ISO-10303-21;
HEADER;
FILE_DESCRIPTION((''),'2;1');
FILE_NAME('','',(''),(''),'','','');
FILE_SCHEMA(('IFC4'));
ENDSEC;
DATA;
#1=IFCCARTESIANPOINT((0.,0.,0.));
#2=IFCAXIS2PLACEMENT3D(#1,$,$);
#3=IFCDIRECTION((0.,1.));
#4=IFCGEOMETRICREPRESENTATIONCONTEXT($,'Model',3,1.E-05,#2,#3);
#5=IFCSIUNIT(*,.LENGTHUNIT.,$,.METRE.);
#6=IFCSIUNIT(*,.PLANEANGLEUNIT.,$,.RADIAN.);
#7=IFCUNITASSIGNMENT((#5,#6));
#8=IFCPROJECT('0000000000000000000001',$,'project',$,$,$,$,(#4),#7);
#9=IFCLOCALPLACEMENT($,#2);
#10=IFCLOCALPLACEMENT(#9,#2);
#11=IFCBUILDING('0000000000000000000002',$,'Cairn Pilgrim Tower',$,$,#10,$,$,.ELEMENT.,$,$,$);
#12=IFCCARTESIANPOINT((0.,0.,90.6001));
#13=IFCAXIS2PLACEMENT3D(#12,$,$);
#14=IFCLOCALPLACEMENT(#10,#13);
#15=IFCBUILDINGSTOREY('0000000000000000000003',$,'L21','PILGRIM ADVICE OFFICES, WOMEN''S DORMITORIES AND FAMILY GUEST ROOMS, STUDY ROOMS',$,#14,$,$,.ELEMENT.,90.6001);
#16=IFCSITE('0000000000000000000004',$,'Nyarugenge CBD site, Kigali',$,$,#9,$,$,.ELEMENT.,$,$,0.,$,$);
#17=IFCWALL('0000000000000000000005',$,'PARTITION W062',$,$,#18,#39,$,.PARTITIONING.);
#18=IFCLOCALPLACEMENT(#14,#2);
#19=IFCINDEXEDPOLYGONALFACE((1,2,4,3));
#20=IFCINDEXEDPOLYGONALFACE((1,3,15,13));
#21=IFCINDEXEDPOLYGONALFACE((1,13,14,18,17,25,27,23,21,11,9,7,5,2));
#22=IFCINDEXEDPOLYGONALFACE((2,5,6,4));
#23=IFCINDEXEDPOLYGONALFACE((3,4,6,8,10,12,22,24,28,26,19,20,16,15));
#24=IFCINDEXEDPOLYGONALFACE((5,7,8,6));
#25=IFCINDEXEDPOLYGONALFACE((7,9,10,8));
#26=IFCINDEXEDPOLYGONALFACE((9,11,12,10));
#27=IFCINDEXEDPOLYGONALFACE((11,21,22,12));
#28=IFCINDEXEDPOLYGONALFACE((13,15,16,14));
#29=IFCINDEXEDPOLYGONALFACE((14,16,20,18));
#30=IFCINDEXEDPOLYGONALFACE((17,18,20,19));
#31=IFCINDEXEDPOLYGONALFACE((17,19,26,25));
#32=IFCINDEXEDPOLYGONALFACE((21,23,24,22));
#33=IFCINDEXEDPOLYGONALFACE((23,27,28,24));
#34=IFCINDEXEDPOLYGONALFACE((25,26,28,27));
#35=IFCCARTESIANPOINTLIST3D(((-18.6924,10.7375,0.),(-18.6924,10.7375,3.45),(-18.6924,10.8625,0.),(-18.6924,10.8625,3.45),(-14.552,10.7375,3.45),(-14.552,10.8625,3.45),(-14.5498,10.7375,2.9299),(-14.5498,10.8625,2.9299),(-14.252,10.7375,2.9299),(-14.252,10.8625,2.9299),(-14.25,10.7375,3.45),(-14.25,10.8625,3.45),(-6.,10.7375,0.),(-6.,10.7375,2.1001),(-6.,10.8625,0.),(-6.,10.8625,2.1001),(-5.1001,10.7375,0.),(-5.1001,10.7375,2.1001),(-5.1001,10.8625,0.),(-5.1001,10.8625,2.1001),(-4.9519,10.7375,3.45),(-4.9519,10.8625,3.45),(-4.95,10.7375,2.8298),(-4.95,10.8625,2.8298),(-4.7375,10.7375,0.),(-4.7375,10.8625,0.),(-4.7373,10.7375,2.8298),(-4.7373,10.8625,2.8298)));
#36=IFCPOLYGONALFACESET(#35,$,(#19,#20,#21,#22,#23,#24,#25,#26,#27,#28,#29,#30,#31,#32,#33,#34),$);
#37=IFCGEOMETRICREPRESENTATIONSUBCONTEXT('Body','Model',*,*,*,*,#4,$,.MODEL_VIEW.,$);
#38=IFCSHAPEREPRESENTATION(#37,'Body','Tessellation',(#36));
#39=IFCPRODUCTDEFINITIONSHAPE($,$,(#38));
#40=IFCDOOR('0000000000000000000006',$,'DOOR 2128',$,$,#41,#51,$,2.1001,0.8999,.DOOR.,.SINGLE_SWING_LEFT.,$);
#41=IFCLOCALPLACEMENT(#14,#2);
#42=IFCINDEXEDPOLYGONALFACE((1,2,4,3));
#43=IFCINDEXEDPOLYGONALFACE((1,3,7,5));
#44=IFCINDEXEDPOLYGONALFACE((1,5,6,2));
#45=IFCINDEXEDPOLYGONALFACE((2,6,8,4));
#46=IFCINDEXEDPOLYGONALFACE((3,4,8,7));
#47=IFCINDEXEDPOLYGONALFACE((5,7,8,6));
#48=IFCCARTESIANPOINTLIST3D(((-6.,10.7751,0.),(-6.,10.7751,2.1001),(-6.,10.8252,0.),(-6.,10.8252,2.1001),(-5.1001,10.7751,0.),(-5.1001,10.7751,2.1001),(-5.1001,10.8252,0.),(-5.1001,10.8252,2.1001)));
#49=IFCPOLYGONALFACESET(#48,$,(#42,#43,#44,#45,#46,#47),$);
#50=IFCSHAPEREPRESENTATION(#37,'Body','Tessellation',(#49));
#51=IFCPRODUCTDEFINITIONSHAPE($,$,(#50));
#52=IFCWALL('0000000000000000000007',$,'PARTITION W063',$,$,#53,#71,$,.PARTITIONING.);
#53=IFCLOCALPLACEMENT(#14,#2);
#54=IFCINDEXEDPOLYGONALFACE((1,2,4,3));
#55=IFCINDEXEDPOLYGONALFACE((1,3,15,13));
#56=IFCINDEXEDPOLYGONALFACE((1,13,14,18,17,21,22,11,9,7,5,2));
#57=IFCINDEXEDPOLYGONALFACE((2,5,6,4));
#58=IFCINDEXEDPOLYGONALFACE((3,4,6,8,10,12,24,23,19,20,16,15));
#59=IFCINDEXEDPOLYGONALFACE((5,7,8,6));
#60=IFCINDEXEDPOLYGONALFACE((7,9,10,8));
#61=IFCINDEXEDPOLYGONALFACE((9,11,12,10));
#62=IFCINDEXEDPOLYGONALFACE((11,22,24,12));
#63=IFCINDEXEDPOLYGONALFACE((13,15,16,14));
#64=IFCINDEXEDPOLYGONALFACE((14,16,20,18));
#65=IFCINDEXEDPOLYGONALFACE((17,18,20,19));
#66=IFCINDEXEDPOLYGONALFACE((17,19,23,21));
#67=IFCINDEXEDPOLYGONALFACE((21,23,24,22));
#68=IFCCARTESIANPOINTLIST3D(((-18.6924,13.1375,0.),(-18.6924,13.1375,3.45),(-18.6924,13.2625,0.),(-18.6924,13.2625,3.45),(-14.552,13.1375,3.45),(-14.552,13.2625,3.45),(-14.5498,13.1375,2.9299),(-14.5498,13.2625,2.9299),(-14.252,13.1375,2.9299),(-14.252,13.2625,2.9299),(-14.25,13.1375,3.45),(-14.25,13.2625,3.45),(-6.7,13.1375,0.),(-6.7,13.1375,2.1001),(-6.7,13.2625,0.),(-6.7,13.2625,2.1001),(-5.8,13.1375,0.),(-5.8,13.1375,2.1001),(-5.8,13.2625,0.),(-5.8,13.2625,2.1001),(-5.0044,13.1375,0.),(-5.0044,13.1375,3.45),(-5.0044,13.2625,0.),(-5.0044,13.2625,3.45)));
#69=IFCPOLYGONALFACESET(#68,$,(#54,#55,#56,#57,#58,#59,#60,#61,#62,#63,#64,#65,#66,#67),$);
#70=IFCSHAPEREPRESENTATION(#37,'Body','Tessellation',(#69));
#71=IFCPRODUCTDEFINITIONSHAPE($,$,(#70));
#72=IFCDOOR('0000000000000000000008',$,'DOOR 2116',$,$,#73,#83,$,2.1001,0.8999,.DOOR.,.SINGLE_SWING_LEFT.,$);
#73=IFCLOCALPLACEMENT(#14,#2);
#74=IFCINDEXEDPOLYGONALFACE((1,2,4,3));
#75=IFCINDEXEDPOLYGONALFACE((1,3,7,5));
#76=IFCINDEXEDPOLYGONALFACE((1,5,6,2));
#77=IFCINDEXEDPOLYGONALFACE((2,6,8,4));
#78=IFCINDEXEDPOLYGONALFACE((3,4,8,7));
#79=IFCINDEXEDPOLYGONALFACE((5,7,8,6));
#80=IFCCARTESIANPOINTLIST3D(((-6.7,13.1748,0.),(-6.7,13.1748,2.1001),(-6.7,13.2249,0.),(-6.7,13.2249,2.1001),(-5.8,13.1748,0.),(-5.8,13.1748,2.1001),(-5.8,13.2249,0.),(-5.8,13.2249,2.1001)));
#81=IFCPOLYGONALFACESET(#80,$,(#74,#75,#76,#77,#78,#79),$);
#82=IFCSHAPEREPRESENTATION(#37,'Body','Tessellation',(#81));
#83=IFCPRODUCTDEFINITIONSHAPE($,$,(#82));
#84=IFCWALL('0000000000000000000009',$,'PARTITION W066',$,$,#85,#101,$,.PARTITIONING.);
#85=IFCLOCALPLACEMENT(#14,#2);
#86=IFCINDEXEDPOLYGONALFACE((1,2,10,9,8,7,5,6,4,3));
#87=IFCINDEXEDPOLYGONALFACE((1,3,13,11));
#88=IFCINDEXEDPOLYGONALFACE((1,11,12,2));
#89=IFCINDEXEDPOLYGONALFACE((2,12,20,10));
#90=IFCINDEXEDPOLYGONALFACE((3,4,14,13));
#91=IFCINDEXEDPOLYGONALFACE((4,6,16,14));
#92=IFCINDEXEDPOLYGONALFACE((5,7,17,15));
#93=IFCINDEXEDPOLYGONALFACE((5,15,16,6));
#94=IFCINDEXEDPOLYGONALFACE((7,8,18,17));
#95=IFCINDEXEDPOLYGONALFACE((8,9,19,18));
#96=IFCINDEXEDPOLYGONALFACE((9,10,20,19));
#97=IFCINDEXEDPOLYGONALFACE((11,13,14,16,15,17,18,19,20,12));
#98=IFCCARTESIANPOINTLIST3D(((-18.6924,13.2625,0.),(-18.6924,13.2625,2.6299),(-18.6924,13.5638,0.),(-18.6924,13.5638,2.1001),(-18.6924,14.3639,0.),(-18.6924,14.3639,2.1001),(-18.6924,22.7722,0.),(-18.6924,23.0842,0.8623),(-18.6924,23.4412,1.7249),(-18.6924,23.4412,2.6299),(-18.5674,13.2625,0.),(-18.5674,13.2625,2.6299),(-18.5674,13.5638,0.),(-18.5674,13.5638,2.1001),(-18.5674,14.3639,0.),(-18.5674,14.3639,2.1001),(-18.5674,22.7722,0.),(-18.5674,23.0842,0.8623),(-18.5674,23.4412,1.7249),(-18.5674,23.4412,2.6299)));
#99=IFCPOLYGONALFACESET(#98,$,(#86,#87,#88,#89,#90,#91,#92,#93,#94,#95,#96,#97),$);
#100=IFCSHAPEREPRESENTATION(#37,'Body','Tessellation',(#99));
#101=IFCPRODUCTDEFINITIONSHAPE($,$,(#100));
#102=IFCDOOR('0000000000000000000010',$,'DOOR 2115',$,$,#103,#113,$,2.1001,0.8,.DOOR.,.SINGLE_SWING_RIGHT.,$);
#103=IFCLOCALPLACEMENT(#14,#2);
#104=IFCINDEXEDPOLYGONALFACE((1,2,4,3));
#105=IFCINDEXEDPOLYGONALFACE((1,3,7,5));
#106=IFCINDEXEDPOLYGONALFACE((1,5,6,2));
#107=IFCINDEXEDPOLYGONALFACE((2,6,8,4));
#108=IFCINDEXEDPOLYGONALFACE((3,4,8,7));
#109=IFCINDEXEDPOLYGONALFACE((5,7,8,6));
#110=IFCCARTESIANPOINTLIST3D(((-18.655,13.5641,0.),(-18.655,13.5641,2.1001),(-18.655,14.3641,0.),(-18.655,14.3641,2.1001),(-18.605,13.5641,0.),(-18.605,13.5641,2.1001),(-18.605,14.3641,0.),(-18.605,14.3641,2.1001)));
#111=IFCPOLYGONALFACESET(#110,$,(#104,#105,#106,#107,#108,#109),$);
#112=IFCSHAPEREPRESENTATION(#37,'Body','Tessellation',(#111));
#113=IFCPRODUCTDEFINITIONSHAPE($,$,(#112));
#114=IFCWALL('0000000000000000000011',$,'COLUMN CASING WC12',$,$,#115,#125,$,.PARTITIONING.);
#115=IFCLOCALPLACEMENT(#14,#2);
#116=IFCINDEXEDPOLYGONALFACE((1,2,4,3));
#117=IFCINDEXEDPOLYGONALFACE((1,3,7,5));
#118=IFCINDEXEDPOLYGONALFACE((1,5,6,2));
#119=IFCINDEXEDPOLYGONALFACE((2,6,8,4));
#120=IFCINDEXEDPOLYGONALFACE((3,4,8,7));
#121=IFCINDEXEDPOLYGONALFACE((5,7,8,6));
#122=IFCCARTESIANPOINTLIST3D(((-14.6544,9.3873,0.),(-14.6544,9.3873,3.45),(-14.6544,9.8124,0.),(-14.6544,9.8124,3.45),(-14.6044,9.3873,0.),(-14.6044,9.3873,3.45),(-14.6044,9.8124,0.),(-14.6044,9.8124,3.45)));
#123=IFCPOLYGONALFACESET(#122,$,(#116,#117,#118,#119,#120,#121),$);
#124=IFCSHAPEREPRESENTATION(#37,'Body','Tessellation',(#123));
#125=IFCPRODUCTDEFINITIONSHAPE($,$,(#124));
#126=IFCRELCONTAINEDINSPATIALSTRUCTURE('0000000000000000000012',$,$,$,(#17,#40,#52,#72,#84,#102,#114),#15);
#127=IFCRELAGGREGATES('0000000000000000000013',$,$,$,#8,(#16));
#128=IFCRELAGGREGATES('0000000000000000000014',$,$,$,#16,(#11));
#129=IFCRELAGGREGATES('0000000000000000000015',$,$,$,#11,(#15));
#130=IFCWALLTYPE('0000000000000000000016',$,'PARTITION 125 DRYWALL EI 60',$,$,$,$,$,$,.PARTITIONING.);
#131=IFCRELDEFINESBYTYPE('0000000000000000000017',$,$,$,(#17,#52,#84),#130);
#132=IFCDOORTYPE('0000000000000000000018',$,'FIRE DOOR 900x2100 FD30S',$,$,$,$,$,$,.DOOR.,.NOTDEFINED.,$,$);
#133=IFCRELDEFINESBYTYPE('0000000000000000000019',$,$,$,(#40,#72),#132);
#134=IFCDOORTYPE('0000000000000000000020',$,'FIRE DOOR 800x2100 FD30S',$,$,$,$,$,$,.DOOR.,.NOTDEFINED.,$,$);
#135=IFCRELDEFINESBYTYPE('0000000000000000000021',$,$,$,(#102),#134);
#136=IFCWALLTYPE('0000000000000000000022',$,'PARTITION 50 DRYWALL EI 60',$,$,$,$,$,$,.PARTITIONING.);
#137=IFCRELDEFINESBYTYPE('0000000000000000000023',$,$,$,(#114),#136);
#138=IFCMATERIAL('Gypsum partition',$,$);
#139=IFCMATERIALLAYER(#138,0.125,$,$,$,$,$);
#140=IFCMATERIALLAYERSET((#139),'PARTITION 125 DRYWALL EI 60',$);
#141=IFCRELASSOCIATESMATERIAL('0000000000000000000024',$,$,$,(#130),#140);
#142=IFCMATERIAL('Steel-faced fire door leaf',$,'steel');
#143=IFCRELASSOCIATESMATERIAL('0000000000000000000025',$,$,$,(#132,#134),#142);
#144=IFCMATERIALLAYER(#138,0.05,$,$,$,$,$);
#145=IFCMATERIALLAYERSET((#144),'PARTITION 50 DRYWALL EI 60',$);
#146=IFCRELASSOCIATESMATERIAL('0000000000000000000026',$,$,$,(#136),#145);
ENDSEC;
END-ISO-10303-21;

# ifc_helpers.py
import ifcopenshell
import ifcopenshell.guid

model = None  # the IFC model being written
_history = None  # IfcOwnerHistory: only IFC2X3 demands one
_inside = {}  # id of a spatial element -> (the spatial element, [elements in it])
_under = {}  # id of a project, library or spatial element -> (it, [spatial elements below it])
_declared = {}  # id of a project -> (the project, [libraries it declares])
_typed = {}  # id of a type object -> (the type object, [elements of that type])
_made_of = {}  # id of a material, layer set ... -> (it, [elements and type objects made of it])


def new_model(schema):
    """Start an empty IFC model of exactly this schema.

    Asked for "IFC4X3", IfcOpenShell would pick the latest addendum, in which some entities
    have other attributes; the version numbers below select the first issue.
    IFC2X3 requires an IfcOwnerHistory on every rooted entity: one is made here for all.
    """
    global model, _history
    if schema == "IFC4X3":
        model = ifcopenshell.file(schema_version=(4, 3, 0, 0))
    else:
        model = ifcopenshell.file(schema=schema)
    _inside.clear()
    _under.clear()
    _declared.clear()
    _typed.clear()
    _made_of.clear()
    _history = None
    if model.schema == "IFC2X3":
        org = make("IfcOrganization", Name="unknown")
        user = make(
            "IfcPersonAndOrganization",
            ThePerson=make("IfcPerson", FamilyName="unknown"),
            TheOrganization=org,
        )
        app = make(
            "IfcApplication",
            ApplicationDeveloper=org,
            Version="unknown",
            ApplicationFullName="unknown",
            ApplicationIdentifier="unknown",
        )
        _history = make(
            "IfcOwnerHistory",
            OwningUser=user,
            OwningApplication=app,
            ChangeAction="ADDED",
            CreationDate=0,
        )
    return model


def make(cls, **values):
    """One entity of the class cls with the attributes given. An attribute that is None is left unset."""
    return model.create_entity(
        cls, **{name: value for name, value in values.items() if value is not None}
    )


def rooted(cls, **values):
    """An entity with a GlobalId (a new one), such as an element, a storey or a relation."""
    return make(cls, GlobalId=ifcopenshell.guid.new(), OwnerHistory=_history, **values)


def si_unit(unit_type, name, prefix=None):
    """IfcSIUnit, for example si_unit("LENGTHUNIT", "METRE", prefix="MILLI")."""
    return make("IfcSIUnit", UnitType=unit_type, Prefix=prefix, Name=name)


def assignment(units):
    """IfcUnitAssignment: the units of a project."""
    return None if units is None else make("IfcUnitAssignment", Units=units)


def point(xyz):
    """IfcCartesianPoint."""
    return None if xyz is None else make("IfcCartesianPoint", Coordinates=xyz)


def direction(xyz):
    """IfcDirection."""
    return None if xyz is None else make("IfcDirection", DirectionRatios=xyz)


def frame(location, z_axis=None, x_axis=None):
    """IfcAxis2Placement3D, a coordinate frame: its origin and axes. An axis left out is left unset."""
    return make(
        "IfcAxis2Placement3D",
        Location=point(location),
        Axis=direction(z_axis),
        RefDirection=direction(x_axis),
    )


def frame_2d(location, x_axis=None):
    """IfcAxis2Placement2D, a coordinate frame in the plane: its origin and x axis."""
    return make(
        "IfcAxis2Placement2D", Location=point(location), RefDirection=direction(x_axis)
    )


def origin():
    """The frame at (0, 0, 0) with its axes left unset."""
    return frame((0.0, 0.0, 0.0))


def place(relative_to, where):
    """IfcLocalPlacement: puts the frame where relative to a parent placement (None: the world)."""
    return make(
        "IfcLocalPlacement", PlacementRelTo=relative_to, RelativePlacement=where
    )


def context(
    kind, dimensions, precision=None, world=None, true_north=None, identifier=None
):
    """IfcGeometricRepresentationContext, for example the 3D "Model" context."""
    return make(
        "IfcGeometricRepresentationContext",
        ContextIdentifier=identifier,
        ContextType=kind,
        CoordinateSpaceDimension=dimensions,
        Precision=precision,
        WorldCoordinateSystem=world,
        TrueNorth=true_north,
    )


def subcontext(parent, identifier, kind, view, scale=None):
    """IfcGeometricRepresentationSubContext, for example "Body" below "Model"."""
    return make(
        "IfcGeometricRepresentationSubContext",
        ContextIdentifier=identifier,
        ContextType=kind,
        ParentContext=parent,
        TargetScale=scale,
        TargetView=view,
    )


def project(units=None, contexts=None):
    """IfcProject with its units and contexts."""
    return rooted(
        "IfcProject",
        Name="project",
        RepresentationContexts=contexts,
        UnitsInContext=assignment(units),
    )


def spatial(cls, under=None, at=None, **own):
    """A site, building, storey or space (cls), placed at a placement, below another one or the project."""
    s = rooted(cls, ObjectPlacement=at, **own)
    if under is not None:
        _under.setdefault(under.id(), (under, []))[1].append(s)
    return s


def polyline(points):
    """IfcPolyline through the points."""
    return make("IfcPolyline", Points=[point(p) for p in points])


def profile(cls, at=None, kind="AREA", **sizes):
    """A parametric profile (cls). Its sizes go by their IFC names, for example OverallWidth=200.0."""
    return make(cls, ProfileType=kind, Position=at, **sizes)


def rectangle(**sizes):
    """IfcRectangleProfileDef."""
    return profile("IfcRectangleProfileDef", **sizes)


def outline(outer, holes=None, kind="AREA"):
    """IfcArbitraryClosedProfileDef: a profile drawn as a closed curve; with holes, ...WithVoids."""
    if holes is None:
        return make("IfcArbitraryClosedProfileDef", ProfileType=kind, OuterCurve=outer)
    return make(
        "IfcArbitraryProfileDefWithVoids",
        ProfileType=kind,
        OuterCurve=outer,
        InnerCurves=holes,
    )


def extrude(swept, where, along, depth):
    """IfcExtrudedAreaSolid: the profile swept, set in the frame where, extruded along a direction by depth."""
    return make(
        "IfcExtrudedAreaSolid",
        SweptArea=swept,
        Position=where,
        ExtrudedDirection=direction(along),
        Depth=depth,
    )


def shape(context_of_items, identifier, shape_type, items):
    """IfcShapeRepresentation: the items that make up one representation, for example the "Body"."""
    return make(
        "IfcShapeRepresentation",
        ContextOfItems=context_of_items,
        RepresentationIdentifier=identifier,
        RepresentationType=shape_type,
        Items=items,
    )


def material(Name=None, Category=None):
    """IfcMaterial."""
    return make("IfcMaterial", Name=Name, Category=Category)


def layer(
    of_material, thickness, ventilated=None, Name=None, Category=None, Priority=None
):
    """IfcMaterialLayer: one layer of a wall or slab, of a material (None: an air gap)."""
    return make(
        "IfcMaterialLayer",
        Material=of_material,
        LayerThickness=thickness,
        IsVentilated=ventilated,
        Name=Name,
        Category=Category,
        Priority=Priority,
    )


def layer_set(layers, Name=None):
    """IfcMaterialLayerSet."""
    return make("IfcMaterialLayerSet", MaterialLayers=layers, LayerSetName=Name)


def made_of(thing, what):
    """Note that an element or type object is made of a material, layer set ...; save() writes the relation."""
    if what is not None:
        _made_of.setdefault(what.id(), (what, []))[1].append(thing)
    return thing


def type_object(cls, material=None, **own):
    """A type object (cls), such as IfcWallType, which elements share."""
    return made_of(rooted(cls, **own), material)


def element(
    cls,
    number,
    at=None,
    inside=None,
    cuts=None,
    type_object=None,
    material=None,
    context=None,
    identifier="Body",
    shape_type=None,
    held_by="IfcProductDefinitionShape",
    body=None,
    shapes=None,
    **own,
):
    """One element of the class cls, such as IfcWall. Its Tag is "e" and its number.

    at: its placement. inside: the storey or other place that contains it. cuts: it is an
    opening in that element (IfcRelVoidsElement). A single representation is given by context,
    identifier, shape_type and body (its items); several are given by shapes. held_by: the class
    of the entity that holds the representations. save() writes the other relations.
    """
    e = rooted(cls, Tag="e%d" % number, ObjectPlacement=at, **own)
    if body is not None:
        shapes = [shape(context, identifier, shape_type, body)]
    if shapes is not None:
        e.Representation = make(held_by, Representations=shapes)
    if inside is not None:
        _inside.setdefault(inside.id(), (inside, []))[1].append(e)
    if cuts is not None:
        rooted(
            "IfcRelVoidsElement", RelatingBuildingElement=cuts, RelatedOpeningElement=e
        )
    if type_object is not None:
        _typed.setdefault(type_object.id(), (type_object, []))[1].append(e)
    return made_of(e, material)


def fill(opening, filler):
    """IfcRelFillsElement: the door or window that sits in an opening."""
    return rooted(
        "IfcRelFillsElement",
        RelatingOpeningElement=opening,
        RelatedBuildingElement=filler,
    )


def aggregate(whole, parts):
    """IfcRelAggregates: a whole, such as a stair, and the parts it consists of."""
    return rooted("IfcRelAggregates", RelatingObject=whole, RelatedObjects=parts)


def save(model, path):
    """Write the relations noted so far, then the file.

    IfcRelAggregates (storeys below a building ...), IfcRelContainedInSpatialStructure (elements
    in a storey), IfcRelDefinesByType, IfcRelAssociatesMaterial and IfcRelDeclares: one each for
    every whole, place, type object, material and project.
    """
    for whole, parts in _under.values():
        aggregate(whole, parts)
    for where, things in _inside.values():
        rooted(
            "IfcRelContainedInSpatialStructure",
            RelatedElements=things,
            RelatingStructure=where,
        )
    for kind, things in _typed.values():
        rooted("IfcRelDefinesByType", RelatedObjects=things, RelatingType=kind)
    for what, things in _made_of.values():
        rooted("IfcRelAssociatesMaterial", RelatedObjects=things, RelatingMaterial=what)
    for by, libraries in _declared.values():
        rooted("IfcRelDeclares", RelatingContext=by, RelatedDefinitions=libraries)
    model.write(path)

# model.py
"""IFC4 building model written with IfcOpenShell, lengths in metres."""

from ifc_helpers import new_model, si_unit, direction, frame, frame_2d, origin, place, context, subcontext, project, spatial, polyline, rectangle, outline, extrude, material, layer, layer_set, type_object, element, fill, save


model = new_model("IFC4")

# Units and contexts
model_context = context("Model", 3, precision=1e-05, world=origin(), true_north=direction((0.0, 1.0)))
body_context = subcontext(model_context, "Body", "Model", "MODEL_VIEW")
ifc_project = project(units=[si_unit("LENGTHUNIT", "METRE"), si_unit("PLANEANGLEUNIT", "RADIAN")], contexts=[model_context])

# Site, building, storey
site_placement = place(None, origin())
site = spatial("IfcSite", under=ifc_project, at=site_placement, Name="Nyarugenge CBD site, Kigali", CompositionType="ELEMENT", RefElevation=0.0)
building_placement = place(site_placement, origin())
building = spatial("IfcBuilding", under=site, at=building_placement, Name="Cairn Pilgrim Tower", CompositionType="ELEMENT")
storey_placement = place(building_placement, frame((0.0, 0.0, 90.6001)))
storey = spatial("IfcBuildingStorey", under=building, at=storey_placement, Name="L21", Description="PILGRIM ADVICE OFFICES, WOMEN'S DORMITORIES AND FAMILY GUEST ROOMS, STUDY ROOMS", CompositionType="ELEMENT", Elevation=90.6001)

# Shared definitions
ifc_material_1 = material(Name="Gypsum partition")
ifc_layer_1 = layer(ifc_material_1, 0.125)
ifc_layer_set_1 = layer_set([ifc_layer_1], Name="PARTITION 125 DRYWALL EI 60")
wall_type_1 = type_object("IfcWallType", Name="PARTITION 125 DRYWALL EI 60", PredefinedType="PARTITIONING", material=ifc_layer_set_1)

# Shared definitions
ifc_material_2 = material(Name="Steel-faced fire door leaf", Category="steel")
door_type_1 = type_object("IfcDoorType", Name="FIRE DOOR 900x2100 FD30S", OperationType="NOTDEFINED", PredefinedType="DOOR", material=ifc_material_2)
door_type_2 = type_object("IfcDoorType", Name="FIRE DOOR 800x2100 FD30S", OperationType="NOTDEFINED", PredefinedType="DOOR", material=ifc_material_2)

# Walls, openings, doors
wall_1_placement = place(storey_placement, frame((-18.6924, 10.8, 0.0), z_axis=(0.0, 0.0, 1.0), x_axis=(1.0, 0.0, 0.0)))
wall_1 = element("IfcWall", 1, at=wall_1_placement, inside=storey, type_object=wall_type_1, Name="PARTITION W062", PredefinedType="PARTITIONING", context=body_context, shape_type="SweptSolid", body=[
    extrude(outline(polyline([(0.0, 0.0), (13.9548, 0.0), (13.9551, 2.8298), (13.7424, 2.8298), (13.7405, 3.45), (4.4424, 3.45), (4.4404, 2.9299), (4.1426, 2.9299), (4.1404, 3.45), (0.0, 3.45), (0.0, 0.0)])), frame((0.0, 0.0625, 0.0), z_axis=(0.0, -1.0, 0.0), x_axis=(1.0, 0.0, 0.0)), (0.0, 0.0, 1.0), 0.125),
])
opening_1_placement = place(wall_1_placement, frame((12.6924, 0.0, 0.0)))
opening_1 = element("IfcOpeningElement", 2, at=opening_1_placement, cuts=wall_1, PredefinedType="OPENING", context=body_context, shape_type="SweptSolid", body=[
    extrude(rectangle(XDim=0.8999, YDim=2.1001, at=frame_2d((0.45, 1.05))), frame((0.0, 0.0725, 0.0), z_axis=(0.0, -1.0, 0.0), x_axis=(1.0, 0.0, 0.0)), (0.0, 0.0, 1.0), 0.145),
])
door_1_placement = place(opening_1_placement, frame((0.8999, 0.0, 0.0), z_axis=(0.0, 0.0, 1.0), x_axis=(-1.0, 0.0, 0.0)))
door_1 = element("IfcDoor", 3, at=door_1_placement, inside=storey, type_object=door_type_1, Name="DOOR 2128", OperationType="SINGLE_SWING_LEFT", OverallHeight=2.1001, OverallWidth=0.8999, PredefinedType="DOOR", context=body_context, shape_type="SweptSolid", body=[
    extrude(rectangle(XDim=0.8999, YDim=2.1001, at=frame_2d((0.45, 1.05))), frame((0.0, 0.0249, 0.0), z_axis=(0.0, -1.0, 0.0), x_axis=(1.0, 0.0, 0.0)), (0.0, 0.0, 1.0), 0.05),
])
fill(opening_1, door_1)
wall_2_placement = place(storey_placement, frame((-18.6924, 13.2, 0.0), z_axis=(0.0, 0.0, 1.0), x_axis=(1.0, 0.0, 0.0)))
wall_2 = element("IfcWall", 4, at=wall_2_placement, inside=storey, type_object=wall_type_1, Name="PARTITION W063", PredefinedType="PARTITIONING", context=body_context, shape_type="SweptSolid", body=[
    extrude(outline(polyline([(0.0, 0.0), (13.688, 0.0), (13.688, 3.45), (4.4424, 3.45), (4.4404, 2.9299), (4.1426, 2.9299), (4.1404, 3.45), (0.0, 3.45), (0.0, 0.0)])), frame((0.0, 0.0625, 0.0), z_axis=(0.0, -1.0, 0.0), x_axis=(1.0, 0.0, 0.0)), (0.0, 0.0, 1.0), 0.125),
])
opening_2_placement = place(wall_2_placement, frame((11.9924, 0.0, 0.0)))
opening_2 = element("IfcOpeningElement", 5, at=opening_2_placement, cuts=wall_2, PredefinedType="OPENING", context=body_context, shape_type="SweptSolid", body=[
    extrude(rectangle(XDim=0.8999, YDim=2.1001, at=frame_2d((0.45, 1.05))), frame((0.0, 0.0725, 0.0), z_axis=(0.0, -1.0, 0.0), x_axis=(1.0, 0.0, 0.0)), (0.0, 0.0, 1.0), 0.145),
])
door_2_placement = place(opening_2_placement, origin())
door_2 = element("IfcDoor", 6, at=door_2_placement, inside=storey, type_object=door_type_1, Name="DOOR 2116", OperationType="SINGLE_SWING_LEFT", OverallHeight=2.1001, OverallWidth=0.8999, PredefinedType="DOOR", context=body_context, shape_type="SweptSolid", body=[
    extrude(rectangle(XDim=0.8999, YDim=2.1001, at=frame_2d((0.45, 1.05))), frame((0.0, 0.0249, 0.0), z_axis=(0.0, -1.0, 0.0), x_axis=(1.0, 0.0, 0.0)), (0.0, 0.0, 1.0), 0.05),
])
fill(opening_2, door_2)
wall_3_placement = place(storey_placement, frame((-18.6299, 13.2625, 0.0), z_axis=(0.0, 0.0, 1.0), x_axis=(0.0, 1.0, 0.0)))
wall_3 = element("IfcWall", 7, at=wall_3_placement, inside=storey, type_object=wall_type_1, Name="PARTITION W066", PredefinedType="PARTITIONING", context=body_context, shape_type="SweptSolid", body=[
    extrude(outline(polyline([(0.0, 0.0), (9.5098, 0.0), (9.8218, 0.8623), (10.1787, 1.7249), (10.1787, 2.5874), (10.1787, 2.6299), (0.0, 2.6299), (0.0, 2.5874), (0.0, 1.7249), (0.0, 0.8623), (0.0, 0.0)])), frame((0.0, 0.0625, 0.0), z_axis=(0.0, -1.0, 0.0), x_axis=(1.0, 0.0, 0.0)), (0.0, 0.0, 1.0), 0.125),
])
opening_3_placement = place(wall_3_placement, frame((0.3015, 0.0, 0.0)))
opening_3 = element("IfcOpeningElement", 8, at=opening_3_placement, cuts=wall_3, PredefinedType="OPENING", context=body_context, shape_type="SweptSolid", body=[
    extrude(rectangle(XDim=0.8, YDim=2.1001, at=frame_2d((0.3999, 1.05))), frame((0.0, 0.0725, 0.0), z_axis=(0.0, -1.0, 0.0), x_axis=(1.0, 0.0, 0.0)), (0.0, 0.0, 1.0), 0.145),
])
door_3_placement = place(opening_3_placement, frame((0.8, 0.0, 0.0), z_axis=(0.0, 0.0, 1.0), x_axis=(-1.0, 0.0, 0.0)))
door_3 = element("IfcDoor", 9, at=door_3_placement, inside=storey, type_object=door_type_2, Name="DOOR 2115", OperationType="SINGLE_SWING_RIGHT", OverallHeight=2.1001, OverallWidth=0.8, PredefinedType="DOOR", context=body_context, shape_type="SweptSolid", body=[
    extrude(rectangle(XDim=0.8, YDim=2.1001, at=frame_2d((0.3999, 1.05))), frame((0.0, 0.0249, 0.0), z_axis=(0.0, -1.0, 0.0), x_axis=(1.0, 0.0, 0.0)), (0.0, 0.0, 1.0), 0.05),
])
fill(opening_3, door_3)

# Wall
ifc_layer_2 = layer(ifc_material_1, 0.05)
ifc_layer_set_2 = layer_set([ifc_layer_2], Name="PARTITION 50 DRYWALL EI 60")
wall_type_2 = type_object("IfcWallType", Name="PARTITION 50 DRYWALL EI 60", PredefinedType="PARTITIONING", material=ifc_layer_set_2)
wall_4_placement = place(storey_placement, frame((-14.6294, 9.3875, 0.0), z_axis=(0.0, 0.0, 1.0), x_axis=(0.0, 1.0, 0.0)))
element("IfcWall", 10, at=wall_4_placement, inside=storey, type_object=wall_type_2, Name="COLUMN CASING WC12", PredefinedType="PARTITIONING", context=body_context, shape_type="SweptSolid", body=[
    extrude(rectangle(XDim=0.425, YDim=0.05, at=frame_2d((0.2124, 0.0))), origin(), (0.0, 0.0, 1.0), 3.45),
])

save(model, "model.ifc")
